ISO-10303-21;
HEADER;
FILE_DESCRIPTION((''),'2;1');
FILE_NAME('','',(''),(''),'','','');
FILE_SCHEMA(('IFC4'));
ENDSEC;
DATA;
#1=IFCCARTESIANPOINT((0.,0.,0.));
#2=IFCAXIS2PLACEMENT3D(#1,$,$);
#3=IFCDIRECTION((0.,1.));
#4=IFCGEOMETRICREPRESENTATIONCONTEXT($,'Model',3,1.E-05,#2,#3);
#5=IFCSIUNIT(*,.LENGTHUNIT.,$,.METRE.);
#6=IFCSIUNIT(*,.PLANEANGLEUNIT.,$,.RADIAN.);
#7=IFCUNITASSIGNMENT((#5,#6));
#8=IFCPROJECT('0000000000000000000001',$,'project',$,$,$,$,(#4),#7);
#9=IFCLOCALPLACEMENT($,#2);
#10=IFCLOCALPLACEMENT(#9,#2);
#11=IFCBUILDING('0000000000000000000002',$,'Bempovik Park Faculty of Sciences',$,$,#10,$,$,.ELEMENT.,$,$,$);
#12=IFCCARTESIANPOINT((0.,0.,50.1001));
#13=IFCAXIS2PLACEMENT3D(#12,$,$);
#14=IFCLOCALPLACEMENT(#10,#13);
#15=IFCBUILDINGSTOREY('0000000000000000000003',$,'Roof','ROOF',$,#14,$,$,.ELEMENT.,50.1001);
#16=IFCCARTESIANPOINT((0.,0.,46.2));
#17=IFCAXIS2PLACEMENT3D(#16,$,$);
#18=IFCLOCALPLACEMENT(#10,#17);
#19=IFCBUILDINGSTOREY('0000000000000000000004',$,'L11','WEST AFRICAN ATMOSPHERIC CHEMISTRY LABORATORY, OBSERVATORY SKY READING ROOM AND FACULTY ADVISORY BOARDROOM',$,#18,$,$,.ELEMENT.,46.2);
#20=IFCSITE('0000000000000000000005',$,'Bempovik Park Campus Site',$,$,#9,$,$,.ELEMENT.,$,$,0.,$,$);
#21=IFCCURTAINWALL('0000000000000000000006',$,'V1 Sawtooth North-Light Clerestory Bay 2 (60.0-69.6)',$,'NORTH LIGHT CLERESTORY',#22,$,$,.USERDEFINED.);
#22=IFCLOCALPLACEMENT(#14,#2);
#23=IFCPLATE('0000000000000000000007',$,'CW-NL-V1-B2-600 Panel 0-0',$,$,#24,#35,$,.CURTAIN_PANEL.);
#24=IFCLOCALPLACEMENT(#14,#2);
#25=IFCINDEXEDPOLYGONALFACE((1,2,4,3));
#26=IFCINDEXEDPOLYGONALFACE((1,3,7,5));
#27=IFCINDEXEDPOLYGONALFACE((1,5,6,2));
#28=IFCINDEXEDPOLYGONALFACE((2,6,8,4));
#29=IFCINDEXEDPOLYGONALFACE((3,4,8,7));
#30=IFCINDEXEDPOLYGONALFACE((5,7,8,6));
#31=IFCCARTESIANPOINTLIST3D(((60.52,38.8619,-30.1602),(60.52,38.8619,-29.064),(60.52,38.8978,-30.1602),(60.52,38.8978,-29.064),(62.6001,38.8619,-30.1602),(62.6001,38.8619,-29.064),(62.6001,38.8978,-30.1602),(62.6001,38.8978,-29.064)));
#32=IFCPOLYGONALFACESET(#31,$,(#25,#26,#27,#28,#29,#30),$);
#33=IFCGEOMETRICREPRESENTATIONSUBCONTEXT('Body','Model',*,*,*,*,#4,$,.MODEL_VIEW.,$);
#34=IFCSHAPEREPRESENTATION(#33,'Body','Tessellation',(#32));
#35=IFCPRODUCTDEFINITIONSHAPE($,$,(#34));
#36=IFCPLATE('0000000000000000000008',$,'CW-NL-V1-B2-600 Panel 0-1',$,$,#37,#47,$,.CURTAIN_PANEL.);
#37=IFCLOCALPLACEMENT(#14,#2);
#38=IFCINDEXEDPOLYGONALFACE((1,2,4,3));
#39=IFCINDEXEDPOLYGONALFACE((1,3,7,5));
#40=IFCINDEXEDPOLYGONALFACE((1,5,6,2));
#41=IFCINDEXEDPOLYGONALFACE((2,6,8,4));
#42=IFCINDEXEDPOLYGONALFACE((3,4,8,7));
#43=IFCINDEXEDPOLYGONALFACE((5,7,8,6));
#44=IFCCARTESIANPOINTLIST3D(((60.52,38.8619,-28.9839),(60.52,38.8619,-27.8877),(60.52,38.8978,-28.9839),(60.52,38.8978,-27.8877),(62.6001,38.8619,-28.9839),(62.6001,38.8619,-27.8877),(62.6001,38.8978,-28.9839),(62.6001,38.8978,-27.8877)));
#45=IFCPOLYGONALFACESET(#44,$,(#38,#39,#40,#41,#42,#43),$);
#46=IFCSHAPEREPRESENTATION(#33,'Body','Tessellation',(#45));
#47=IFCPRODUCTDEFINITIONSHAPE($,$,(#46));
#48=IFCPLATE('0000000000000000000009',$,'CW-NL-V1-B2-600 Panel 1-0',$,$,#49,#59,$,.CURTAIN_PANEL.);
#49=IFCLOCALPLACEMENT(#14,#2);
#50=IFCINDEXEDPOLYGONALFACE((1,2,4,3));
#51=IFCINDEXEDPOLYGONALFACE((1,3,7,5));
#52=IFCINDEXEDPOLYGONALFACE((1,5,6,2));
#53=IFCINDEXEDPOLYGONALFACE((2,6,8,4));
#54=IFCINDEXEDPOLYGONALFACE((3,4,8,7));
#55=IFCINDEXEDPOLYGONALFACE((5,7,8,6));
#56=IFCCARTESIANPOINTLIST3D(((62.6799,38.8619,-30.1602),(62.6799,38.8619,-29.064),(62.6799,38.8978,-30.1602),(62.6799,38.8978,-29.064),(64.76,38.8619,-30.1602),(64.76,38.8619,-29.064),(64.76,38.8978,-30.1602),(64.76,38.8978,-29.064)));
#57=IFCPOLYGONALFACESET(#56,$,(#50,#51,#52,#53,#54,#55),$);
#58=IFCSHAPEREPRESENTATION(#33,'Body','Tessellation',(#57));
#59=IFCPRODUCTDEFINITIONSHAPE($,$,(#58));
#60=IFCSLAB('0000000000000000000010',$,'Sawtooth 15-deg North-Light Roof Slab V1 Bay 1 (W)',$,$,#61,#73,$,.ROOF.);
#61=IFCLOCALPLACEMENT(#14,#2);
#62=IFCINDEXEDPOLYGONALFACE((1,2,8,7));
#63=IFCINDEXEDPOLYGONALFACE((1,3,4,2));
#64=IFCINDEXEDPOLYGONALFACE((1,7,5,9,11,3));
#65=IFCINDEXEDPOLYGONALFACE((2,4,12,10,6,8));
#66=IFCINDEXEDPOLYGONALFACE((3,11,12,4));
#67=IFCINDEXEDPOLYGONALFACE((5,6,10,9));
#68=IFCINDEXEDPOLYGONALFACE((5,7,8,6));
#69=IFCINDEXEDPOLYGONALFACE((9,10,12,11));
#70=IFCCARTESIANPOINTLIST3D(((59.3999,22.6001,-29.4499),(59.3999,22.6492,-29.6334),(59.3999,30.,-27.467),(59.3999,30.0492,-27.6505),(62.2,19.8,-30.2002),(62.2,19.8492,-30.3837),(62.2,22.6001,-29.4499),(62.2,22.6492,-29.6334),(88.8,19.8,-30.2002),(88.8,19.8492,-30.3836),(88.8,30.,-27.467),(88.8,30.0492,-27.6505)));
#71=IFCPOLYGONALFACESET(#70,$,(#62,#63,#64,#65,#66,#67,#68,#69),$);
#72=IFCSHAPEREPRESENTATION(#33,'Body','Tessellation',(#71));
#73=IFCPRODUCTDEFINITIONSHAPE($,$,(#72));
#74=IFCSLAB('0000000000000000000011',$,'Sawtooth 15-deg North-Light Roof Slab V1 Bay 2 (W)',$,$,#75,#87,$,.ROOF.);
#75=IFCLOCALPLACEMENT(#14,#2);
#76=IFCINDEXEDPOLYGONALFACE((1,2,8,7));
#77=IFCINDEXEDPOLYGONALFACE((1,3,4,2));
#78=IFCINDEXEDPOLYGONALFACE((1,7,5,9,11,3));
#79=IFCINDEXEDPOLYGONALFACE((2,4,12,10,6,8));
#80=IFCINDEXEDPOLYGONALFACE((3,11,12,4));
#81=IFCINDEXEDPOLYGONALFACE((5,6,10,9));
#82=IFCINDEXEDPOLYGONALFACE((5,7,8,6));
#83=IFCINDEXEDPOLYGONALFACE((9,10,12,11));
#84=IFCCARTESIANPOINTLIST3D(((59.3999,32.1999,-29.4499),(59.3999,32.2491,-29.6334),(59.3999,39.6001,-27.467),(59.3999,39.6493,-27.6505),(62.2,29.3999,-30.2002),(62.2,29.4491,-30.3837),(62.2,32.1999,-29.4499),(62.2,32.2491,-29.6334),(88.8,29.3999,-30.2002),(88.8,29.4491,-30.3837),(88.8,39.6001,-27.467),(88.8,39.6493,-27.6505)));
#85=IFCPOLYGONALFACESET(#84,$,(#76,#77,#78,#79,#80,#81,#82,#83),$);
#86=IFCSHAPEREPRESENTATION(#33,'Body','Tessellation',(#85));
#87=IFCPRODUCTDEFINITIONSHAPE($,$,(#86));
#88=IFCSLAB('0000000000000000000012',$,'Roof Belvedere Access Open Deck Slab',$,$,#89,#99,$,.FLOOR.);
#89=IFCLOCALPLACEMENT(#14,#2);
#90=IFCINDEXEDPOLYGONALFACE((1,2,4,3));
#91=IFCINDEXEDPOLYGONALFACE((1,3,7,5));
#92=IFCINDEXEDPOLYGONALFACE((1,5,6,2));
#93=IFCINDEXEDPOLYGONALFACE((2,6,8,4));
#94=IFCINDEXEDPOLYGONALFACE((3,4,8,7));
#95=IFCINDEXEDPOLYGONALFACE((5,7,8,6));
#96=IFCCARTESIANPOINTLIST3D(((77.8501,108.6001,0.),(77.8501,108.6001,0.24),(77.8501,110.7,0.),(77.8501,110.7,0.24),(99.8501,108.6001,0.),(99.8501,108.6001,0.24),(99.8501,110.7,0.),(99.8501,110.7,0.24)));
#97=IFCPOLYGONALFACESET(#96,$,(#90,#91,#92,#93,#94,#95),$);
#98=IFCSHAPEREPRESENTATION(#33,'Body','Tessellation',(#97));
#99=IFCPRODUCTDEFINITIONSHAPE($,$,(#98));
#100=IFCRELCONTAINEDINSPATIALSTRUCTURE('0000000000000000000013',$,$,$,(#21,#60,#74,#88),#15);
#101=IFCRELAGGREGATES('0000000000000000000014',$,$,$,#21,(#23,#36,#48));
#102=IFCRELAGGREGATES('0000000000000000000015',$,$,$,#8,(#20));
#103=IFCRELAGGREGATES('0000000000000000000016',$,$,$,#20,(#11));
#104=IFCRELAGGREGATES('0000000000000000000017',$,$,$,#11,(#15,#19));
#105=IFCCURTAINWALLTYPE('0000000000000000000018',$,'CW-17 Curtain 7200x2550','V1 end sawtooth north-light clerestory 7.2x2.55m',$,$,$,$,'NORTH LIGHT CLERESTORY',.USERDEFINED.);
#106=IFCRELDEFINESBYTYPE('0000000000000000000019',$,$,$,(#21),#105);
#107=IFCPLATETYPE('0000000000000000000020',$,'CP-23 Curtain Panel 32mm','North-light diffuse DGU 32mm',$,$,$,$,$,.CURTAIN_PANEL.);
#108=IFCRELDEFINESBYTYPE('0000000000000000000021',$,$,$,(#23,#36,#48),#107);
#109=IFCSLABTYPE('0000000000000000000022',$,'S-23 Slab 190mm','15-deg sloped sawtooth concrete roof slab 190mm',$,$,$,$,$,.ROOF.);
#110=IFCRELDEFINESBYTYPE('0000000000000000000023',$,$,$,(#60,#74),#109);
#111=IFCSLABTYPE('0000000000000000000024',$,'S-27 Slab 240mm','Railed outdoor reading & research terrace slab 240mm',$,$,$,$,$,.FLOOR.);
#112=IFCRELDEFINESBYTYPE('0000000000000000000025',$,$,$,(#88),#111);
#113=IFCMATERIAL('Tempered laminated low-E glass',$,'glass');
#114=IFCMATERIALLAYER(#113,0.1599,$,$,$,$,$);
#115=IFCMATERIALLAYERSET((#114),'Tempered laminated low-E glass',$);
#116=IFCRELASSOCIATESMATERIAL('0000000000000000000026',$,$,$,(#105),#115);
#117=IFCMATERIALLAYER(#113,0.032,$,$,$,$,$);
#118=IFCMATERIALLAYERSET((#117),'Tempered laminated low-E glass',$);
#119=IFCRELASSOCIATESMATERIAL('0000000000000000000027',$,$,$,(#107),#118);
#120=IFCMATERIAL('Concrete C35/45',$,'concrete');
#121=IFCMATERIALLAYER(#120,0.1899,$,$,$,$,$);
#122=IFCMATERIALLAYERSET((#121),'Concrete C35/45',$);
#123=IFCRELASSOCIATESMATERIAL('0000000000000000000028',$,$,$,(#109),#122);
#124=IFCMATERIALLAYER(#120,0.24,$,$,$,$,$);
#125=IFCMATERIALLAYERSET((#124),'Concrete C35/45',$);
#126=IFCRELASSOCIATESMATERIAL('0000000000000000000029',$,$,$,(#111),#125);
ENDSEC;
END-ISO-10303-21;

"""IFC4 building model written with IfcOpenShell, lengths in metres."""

from ifc_helpers import new_model, si_unit, direction, frame, origin, origin_2d, place, context, subcontext, project, spatial, polyline, rectangle, outline, extrude, material, layer, layer_set, type_object, element, aggregate, save


model = new_model("IFC4")

# Units and contexts
model_context = context("Model", 3, precision=1e-05, world=origin(), true_north=direction((0.0, 1.0)))
body_context = subcontext(model_context, "Body", "Model", "MODEL_VIEW")
ifc_project = project(units=[si_unit("LENGTHUNIT", "METRE"), si_unit("PLANEANGLEUNIT", "RADIAN")], contexts=[model_context])

# Site, building, storey
site_placement = place(None, origin())
site = spatial("IfcSite", under=ifc_project, at=site_placement, Name="Bempovik Park Campus Site", CompositionType="ELEMENT", RefElevation=0.0)
building_placement = place(site_placement, origin())
building = spatial("IfcBuilding", under=site, at=building_placement, Name="Bempovik Park Faculty of Sciences", CompositionType="ELEMENT")
storey_1_placement = place(building_placement, frame((0.0, 0.0, 50.1001)))
storey_1 = spatial("IfcBuildingStorey", under=building, at=storey_1_placement, Name="Roof", Description="ROOF", CompositionType="ELEMENT", Elevation=50.1001)

# Curtain wall
ifc_material_1 = material(Name="Tempered laminated low-E glass", Category="glass")
ifc_layer_1 = layer(ifc_material_1, 0.1599)
ifc_layer_set_1 = layer_set([ifc_layer_1], Name="Tempered laminated low-E glass")
curtain_wall_type = type_object("IfcCurtainWallType", Name="CW-17 Curtain 7200x2550", Description="V1 end sawtooth north-light clerestory 7.2x2.55m", ElementType="NORTH LIGHT CLERESTORY", PredefinedType="USERDEFINED", material=ifc_layer_set_1)
curtain_wall_1_placement = place(storey_1_placement, origin())
curtain_wall_1 = element("IfcCurtainWall", 1, at=curtain_wall_1_placement, inside=storey_1, type_object=curtain_wall_type, Name="V1 Sawtooth North-Light Clerestory Bay 2 (60.0-69.6)", ObjectType="NORTH LIGHT CLERESTORY", PredefinedType="USERDEFINED")

# Plates
ifc_layer_2 = layer(ifc_material_1, 0.032)
ifc_layer_set_2 = layer_set([ifc_layer_2], Name="Tempered laminated low-E glass")
plate_type = type_object("IfcPlateType", Name="CP-23 Curtain Panel 32mm", Description="North-light diffuse DGU 32mm", PredefinedType="CURTAIN_PANEL", material=ifc_layer_set_2)
plate_1_placement = place(storey_1_placement, frame((61.5601, 38.8799, -30.1602), z_axis=(0.0, 0.0, 1.0), x_axis=(1.0, 0.0, 0.0)))
plate_1 = element("IfcPlate", 2, at=plate_1_placement, type_object=plate_type, Name="CW-NL-V1-B2-600 Panel 0-0", PredefinedType="CURTAIN_PANEL", context=body_context, shape_type="SweptSolid", body=[
    extrude(rectangle(XDim=2.0801, YDim=0.0359, at=origin_2d()), origin(), (0.0, 0.0, 1.0), 1.0962),
])
plate_2_placement = place(storey_1_placement, frame((61.5601, 38.8799, -28.9839), z_axis=(0.0, 0.0, 1.0), x_axis=(1.0, 0.0, 0.0)))
plate_2 = element("IfcPlate", 3, at=plate_2_placement, type_object=plate_type, Name="CW-NL-V1-B2-600 Panel 0-1", PredefinedType="CURTAIN_PANEL", context=body_context, shape_type="SweptSolid", body=[
    extrude(rectangle(XDim=2.0801, YDim=0.0359, at=origin_2d()), origin(), (0.0, 0.0, 1.0), 1.0962),
])
plate_3_placement = place(storey_1_placement, frame((63.72, 38.8799, -30.1602), z_axis=(0.0, 0.0, 1.0), x_axis=(1.0, 0.0, 0.0)))
plate_3 = element("IfcPlate", 4, at=plate_3_placement, type_object=plate_type, Name="CW-NL-V1-B2-600 Panel 1-0", PredefinedType="CURTAIN_PANEL", context=body_context, shape_type="SweptSolid", body=[
    extrude(rectangle(XDim=2.0801, YDim=0.0359, at=origin_2d()), origin(), (0.0, 0.0, 1.0), 1.0962),
])
aggregate(curtain_wall_1, [plate_1, plate_2, plate_3])

# Slabs
ifc_material_2 = material(Name="Concrete C35/45", Category="concrete")
ifc_layer_3 = layer(ifc_material_2, 0.1899)
ifc_layer_set_3 = layer_set([ifc_layer_3], Name="Concrete C35/45")
slab_type_1 = type_object("IfcSlabType", Name="S-23 Slab 190mm", Description="15-deg sloped sawtooth concrete roof slab 190mm", PredefinedType="ROOF", material=ifc_layer_set_3)
slab_1_placement = place(storey_1_placement, frame((62.2, 19.8, -30.2002), z_axis=(-0.000001, -0.258827, 0.965924), x_axis=(1.0, 0.0, 0.000001)))
element("IfcSlab", 5, at=slab_1_placement, inside=storey_1, type_object=slab_type_1, Name="Sawtooth 15-deg North-Light Roof Slab V1 Bay 1 (W)", PredefinedType="ROOF", context=body_context, shape_type="SweptSolid", body=[
    extrude(outline(polyline([(0.0, 0.0), (26.6001, 0.0), (26.6001, 10.5598), (-2.8, 10.5598), (-2.8, 2.8988), (0.0, 2.8988), (0.0, 0.0)])), origin(), (0.0, 0.0, -1.0), 0.1899),
])
slab_2_placement = place(storey_1_placement, frame((62.2, 29.3999, -30.2002), z_axis=(-0.000001, -0.258821, 0.965925), x_axis=(1.0, 0.0, 0.000001)))
element("IfcSlab", 6, at=slab_2_placement, inside=storey_1, type_object=slab_type_1, Name="Sawtooth 15-deg North-Light Roof Slab V1 Bay 2 (W)", PredefinedType="ROOF", context=body_context, shape_type="SweptSolid", body=[
    extrude(outline(polyline([(0.0, 0.0), (26.6001, 0.0), (26.6001, 10.56), (-2.8, 10.56), (-2.8, 2.8988), (0.0, 2.8988), (0.0, 0.0)])), origin(), (0.0, 0.0, -1.0), 0.1899),
])
ifc_layer_4 = layer(ifc_material_2, 0.24)
ifc_layer_set_4 = layer_set([ifc_layer_4], Name="Concrete C35/45")
slab_type_2 = type_object("IfcSlabType", Name="S-27 Slab 240mm", Description="Railed outdoor reading & research terrace slab 240mm", PredefinedType="FLOOR", material=ifc_layer_set_4)
slab_3_placement = place(storey_1_placement, origin())
element("IfcSlab", 7, at=slab_3_placement, inside=storey_1, type_object=slab_type_2, Name="Roof Belvedere Access Open Deck Slab", PredefinedType="FLOOR", context=body_context, shape_type="SweptSolid", body=[
    extrude(outline(polyline([(77.8501, 108.6001), (99.8501, 108.6001), (99.8501, 110.7), (77.8501, 110.7), (77.8501, 108.6001)])), origin(), (0.0, 0.0, 1.0), 0.24),
])

# Shared definitions
storey_2_placement = place(building_placement, frame((0.0, 0.0, 46.2)))
storey_2 = spatial("IfcBuildingStorey", under=building, at=storey_2_placement, Name="L11", Description="WEST AFRICAN ATMOSPHERIC CHEMISTRY LABORATORY, OBSERVATORY SKY READING ROOM AND FACULTY ADVISORY BOARDROOM", CompositionType="ELEMENT", Elevation=46.2)

save(model, "model.ifc")
